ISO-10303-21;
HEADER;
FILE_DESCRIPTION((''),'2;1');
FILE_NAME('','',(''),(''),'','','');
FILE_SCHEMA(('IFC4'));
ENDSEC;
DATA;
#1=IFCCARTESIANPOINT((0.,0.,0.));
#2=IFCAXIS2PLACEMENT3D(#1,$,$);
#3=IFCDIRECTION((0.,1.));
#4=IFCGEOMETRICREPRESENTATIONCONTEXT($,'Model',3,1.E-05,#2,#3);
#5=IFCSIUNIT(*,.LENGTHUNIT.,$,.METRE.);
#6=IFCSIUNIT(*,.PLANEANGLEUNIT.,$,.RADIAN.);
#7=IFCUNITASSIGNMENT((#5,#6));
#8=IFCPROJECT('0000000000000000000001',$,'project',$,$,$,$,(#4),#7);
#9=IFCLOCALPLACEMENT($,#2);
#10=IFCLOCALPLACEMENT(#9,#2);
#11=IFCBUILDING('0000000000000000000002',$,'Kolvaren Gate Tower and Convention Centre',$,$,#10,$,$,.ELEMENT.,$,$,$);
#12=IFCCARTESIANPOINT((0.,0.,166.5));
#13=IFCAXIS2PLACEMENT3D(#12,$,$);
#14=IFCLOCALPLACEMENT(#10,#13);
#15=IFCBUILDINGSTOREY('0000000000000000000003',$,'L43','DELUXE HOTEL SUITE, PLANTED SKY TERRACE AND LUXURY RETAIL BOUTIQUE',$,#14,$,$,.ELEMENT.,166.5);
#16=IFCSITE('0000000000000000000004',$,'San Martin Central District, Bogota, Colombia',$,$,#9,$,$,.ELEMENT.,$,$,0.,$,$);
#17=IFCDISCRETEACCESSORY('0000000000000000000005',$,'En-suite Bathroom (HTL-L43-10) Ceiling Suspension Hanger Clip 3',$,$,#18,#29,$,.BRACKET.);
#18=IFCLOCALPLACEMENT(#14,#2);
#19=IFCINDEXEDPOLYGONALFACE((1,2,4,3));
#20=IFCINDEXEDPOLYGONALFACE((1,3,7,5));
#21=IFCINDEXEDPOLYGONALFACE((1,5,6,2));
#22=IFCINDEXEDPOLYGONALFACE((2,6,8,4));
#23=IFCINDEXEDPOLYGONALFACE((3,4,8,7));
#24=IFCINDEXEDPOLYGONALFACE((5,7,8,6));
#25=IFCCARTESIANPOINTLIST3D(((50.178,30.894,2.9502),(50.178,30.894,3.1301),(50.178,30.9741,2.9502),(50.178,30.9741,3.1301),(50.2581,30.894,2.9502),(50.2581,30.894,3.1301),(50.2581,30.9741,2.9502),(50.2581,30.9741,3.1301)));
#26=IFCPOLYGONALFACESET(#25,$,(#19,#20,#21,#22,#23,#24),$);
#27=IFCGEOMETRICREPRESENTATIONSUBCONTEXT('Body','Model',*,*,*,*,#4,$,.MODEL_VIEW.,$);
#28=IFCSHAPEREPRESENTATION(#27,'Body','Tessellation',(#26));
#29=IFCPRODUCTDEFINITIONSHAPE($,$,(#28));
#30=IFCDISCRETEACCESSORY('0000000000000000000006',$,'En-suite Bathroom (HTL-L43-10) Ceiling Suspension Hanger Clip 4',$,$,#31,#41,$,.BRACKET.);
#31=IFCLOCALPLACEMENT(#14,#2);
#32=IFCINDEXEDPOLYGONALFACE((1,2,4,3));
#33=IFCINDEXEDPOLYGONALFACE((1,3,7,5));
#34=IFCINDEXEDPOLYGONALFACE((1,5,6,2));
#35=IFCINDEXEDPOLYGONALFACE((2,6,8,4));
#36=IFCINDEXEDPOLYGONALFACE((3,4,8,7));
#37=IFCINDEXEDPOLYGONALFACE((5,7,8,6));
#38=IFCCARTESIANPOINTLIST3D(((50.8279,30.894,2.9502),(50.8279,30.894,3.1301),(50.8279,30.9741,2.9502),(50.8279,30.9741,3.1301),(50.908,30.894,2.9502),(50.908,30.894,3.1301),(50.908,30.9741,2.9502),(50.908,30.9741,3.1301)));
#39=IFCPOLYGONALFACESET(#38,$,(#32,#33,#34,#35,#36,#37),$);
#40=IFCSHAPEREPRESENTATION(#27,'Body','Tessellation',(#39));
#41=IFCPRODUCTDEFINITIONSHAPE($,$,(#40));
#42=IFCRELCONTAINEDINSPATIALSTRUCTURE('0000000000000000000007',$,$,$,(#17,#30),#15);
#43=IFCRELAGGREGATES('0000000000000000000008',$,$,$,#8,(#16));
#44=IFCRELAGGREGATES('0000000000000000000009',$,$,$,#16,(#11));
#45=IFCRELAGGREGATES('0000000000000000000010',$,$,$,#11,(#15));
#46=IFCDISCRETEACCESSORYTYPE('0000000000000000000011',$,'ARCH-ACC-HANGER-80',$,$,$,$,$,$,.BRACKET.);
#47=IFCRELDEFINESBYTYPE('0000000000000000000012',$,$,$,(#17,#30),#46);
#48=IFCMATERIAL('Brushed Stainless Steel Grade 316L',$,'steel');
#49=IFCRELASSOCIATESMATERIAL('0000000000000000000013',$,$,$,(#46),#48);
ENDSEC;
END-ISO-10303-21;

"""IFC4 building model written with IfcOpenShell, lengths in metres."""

from ifc_helpers import new_model, si_unit, direction, frame, origin, origin_2d, place, context, subcontext, project, spatial, rectangle, extrude, material, type_object, element, save


model = new_model("IFC4")

# Units and contexts
model_context = context("Model", 3, precision=1e-05, world=origin(), true_north=direction((0.0, 1.0)))
body_context = subcontext(model_context, "Body", "Model", "MODEL_VIEW")
ifc_project = project(units=[si_unit("LENGTHUNIT", "METRE"), si_unit("PLANEANGLEUNIT", "RADIAN")], contexts=[model_context])

# Site, building, storey
site_placement = place(None, origin())
site = spatial("IfcSite", under=ifc_project, at=site_placement, Name="San Martin Central District, Bogota, Colombia", CompositionType="ELEMENT", RefElevation=0.0)
building_placement = place(site_placement, origin())
building = spatial("IfcBuilding", under=site, at=building_placement, Name="Kolvaren Gate Tower and Convention Centre", CompositionType="ELEMENT")
storey_placement = place(building_placement, frame((0.0, 0.0, 166.5)))
storey = spatial("IfcBuildingStorey", under=building, at=storey_placement, Name="L43", Description="DELUXE HOTEL SUITE, PLANTED SKY TERRACE AND LUXURY RETAIL BOUTIQUE", CompositionType="ELEMENT", Elevation=166.5)

# Discrete accessories
ifc_material_1 = material(Name="Brushed Stainless Steel Grade 316L", Category="steel")
discrete_accessory_type = type_object("IfcDiscreteAccessoryType", Name="ARCH-ACC-HANGER-80", PredefinedType="BRACKET", material=ifc_material_1)
for number, where, z_axis, x_axis, name in (
    (1, (50.218, 30.9341, 2.9502), (0.0, 0.0, 1.0), (1.0, 0.0, 0.0), "En-suite Bathroom (HTL-L43-10) Ceiling Suspension Hanger Clip 3"),
    (2, (50.8679, 30.9341, 2.9502), (0.0, 0.0, 1.0), (1.0, 0.0, 0.0), "En-suite Bathroom (HTL-L43-10) Ceiling Suspension Hanger Clip 4"),
):
    element("IfcDiscreteAccessory", number, at=place(storey_placement, frame(where, z_axis=z_axis, x_axis=x_axis)), inside=storey, type_object=discrete_accessory_type, Name=name, PredefinedType="BRACKET", context=body_context, shape_type="SweptSolid", body=[
        extrude(rectangle(XDim=0.0801, YDim=0.0801, at=origin_2d()), origin(), (0.0, 0.0, 1.0), 0.1799),
    ])

save(model, "model.ifc")
